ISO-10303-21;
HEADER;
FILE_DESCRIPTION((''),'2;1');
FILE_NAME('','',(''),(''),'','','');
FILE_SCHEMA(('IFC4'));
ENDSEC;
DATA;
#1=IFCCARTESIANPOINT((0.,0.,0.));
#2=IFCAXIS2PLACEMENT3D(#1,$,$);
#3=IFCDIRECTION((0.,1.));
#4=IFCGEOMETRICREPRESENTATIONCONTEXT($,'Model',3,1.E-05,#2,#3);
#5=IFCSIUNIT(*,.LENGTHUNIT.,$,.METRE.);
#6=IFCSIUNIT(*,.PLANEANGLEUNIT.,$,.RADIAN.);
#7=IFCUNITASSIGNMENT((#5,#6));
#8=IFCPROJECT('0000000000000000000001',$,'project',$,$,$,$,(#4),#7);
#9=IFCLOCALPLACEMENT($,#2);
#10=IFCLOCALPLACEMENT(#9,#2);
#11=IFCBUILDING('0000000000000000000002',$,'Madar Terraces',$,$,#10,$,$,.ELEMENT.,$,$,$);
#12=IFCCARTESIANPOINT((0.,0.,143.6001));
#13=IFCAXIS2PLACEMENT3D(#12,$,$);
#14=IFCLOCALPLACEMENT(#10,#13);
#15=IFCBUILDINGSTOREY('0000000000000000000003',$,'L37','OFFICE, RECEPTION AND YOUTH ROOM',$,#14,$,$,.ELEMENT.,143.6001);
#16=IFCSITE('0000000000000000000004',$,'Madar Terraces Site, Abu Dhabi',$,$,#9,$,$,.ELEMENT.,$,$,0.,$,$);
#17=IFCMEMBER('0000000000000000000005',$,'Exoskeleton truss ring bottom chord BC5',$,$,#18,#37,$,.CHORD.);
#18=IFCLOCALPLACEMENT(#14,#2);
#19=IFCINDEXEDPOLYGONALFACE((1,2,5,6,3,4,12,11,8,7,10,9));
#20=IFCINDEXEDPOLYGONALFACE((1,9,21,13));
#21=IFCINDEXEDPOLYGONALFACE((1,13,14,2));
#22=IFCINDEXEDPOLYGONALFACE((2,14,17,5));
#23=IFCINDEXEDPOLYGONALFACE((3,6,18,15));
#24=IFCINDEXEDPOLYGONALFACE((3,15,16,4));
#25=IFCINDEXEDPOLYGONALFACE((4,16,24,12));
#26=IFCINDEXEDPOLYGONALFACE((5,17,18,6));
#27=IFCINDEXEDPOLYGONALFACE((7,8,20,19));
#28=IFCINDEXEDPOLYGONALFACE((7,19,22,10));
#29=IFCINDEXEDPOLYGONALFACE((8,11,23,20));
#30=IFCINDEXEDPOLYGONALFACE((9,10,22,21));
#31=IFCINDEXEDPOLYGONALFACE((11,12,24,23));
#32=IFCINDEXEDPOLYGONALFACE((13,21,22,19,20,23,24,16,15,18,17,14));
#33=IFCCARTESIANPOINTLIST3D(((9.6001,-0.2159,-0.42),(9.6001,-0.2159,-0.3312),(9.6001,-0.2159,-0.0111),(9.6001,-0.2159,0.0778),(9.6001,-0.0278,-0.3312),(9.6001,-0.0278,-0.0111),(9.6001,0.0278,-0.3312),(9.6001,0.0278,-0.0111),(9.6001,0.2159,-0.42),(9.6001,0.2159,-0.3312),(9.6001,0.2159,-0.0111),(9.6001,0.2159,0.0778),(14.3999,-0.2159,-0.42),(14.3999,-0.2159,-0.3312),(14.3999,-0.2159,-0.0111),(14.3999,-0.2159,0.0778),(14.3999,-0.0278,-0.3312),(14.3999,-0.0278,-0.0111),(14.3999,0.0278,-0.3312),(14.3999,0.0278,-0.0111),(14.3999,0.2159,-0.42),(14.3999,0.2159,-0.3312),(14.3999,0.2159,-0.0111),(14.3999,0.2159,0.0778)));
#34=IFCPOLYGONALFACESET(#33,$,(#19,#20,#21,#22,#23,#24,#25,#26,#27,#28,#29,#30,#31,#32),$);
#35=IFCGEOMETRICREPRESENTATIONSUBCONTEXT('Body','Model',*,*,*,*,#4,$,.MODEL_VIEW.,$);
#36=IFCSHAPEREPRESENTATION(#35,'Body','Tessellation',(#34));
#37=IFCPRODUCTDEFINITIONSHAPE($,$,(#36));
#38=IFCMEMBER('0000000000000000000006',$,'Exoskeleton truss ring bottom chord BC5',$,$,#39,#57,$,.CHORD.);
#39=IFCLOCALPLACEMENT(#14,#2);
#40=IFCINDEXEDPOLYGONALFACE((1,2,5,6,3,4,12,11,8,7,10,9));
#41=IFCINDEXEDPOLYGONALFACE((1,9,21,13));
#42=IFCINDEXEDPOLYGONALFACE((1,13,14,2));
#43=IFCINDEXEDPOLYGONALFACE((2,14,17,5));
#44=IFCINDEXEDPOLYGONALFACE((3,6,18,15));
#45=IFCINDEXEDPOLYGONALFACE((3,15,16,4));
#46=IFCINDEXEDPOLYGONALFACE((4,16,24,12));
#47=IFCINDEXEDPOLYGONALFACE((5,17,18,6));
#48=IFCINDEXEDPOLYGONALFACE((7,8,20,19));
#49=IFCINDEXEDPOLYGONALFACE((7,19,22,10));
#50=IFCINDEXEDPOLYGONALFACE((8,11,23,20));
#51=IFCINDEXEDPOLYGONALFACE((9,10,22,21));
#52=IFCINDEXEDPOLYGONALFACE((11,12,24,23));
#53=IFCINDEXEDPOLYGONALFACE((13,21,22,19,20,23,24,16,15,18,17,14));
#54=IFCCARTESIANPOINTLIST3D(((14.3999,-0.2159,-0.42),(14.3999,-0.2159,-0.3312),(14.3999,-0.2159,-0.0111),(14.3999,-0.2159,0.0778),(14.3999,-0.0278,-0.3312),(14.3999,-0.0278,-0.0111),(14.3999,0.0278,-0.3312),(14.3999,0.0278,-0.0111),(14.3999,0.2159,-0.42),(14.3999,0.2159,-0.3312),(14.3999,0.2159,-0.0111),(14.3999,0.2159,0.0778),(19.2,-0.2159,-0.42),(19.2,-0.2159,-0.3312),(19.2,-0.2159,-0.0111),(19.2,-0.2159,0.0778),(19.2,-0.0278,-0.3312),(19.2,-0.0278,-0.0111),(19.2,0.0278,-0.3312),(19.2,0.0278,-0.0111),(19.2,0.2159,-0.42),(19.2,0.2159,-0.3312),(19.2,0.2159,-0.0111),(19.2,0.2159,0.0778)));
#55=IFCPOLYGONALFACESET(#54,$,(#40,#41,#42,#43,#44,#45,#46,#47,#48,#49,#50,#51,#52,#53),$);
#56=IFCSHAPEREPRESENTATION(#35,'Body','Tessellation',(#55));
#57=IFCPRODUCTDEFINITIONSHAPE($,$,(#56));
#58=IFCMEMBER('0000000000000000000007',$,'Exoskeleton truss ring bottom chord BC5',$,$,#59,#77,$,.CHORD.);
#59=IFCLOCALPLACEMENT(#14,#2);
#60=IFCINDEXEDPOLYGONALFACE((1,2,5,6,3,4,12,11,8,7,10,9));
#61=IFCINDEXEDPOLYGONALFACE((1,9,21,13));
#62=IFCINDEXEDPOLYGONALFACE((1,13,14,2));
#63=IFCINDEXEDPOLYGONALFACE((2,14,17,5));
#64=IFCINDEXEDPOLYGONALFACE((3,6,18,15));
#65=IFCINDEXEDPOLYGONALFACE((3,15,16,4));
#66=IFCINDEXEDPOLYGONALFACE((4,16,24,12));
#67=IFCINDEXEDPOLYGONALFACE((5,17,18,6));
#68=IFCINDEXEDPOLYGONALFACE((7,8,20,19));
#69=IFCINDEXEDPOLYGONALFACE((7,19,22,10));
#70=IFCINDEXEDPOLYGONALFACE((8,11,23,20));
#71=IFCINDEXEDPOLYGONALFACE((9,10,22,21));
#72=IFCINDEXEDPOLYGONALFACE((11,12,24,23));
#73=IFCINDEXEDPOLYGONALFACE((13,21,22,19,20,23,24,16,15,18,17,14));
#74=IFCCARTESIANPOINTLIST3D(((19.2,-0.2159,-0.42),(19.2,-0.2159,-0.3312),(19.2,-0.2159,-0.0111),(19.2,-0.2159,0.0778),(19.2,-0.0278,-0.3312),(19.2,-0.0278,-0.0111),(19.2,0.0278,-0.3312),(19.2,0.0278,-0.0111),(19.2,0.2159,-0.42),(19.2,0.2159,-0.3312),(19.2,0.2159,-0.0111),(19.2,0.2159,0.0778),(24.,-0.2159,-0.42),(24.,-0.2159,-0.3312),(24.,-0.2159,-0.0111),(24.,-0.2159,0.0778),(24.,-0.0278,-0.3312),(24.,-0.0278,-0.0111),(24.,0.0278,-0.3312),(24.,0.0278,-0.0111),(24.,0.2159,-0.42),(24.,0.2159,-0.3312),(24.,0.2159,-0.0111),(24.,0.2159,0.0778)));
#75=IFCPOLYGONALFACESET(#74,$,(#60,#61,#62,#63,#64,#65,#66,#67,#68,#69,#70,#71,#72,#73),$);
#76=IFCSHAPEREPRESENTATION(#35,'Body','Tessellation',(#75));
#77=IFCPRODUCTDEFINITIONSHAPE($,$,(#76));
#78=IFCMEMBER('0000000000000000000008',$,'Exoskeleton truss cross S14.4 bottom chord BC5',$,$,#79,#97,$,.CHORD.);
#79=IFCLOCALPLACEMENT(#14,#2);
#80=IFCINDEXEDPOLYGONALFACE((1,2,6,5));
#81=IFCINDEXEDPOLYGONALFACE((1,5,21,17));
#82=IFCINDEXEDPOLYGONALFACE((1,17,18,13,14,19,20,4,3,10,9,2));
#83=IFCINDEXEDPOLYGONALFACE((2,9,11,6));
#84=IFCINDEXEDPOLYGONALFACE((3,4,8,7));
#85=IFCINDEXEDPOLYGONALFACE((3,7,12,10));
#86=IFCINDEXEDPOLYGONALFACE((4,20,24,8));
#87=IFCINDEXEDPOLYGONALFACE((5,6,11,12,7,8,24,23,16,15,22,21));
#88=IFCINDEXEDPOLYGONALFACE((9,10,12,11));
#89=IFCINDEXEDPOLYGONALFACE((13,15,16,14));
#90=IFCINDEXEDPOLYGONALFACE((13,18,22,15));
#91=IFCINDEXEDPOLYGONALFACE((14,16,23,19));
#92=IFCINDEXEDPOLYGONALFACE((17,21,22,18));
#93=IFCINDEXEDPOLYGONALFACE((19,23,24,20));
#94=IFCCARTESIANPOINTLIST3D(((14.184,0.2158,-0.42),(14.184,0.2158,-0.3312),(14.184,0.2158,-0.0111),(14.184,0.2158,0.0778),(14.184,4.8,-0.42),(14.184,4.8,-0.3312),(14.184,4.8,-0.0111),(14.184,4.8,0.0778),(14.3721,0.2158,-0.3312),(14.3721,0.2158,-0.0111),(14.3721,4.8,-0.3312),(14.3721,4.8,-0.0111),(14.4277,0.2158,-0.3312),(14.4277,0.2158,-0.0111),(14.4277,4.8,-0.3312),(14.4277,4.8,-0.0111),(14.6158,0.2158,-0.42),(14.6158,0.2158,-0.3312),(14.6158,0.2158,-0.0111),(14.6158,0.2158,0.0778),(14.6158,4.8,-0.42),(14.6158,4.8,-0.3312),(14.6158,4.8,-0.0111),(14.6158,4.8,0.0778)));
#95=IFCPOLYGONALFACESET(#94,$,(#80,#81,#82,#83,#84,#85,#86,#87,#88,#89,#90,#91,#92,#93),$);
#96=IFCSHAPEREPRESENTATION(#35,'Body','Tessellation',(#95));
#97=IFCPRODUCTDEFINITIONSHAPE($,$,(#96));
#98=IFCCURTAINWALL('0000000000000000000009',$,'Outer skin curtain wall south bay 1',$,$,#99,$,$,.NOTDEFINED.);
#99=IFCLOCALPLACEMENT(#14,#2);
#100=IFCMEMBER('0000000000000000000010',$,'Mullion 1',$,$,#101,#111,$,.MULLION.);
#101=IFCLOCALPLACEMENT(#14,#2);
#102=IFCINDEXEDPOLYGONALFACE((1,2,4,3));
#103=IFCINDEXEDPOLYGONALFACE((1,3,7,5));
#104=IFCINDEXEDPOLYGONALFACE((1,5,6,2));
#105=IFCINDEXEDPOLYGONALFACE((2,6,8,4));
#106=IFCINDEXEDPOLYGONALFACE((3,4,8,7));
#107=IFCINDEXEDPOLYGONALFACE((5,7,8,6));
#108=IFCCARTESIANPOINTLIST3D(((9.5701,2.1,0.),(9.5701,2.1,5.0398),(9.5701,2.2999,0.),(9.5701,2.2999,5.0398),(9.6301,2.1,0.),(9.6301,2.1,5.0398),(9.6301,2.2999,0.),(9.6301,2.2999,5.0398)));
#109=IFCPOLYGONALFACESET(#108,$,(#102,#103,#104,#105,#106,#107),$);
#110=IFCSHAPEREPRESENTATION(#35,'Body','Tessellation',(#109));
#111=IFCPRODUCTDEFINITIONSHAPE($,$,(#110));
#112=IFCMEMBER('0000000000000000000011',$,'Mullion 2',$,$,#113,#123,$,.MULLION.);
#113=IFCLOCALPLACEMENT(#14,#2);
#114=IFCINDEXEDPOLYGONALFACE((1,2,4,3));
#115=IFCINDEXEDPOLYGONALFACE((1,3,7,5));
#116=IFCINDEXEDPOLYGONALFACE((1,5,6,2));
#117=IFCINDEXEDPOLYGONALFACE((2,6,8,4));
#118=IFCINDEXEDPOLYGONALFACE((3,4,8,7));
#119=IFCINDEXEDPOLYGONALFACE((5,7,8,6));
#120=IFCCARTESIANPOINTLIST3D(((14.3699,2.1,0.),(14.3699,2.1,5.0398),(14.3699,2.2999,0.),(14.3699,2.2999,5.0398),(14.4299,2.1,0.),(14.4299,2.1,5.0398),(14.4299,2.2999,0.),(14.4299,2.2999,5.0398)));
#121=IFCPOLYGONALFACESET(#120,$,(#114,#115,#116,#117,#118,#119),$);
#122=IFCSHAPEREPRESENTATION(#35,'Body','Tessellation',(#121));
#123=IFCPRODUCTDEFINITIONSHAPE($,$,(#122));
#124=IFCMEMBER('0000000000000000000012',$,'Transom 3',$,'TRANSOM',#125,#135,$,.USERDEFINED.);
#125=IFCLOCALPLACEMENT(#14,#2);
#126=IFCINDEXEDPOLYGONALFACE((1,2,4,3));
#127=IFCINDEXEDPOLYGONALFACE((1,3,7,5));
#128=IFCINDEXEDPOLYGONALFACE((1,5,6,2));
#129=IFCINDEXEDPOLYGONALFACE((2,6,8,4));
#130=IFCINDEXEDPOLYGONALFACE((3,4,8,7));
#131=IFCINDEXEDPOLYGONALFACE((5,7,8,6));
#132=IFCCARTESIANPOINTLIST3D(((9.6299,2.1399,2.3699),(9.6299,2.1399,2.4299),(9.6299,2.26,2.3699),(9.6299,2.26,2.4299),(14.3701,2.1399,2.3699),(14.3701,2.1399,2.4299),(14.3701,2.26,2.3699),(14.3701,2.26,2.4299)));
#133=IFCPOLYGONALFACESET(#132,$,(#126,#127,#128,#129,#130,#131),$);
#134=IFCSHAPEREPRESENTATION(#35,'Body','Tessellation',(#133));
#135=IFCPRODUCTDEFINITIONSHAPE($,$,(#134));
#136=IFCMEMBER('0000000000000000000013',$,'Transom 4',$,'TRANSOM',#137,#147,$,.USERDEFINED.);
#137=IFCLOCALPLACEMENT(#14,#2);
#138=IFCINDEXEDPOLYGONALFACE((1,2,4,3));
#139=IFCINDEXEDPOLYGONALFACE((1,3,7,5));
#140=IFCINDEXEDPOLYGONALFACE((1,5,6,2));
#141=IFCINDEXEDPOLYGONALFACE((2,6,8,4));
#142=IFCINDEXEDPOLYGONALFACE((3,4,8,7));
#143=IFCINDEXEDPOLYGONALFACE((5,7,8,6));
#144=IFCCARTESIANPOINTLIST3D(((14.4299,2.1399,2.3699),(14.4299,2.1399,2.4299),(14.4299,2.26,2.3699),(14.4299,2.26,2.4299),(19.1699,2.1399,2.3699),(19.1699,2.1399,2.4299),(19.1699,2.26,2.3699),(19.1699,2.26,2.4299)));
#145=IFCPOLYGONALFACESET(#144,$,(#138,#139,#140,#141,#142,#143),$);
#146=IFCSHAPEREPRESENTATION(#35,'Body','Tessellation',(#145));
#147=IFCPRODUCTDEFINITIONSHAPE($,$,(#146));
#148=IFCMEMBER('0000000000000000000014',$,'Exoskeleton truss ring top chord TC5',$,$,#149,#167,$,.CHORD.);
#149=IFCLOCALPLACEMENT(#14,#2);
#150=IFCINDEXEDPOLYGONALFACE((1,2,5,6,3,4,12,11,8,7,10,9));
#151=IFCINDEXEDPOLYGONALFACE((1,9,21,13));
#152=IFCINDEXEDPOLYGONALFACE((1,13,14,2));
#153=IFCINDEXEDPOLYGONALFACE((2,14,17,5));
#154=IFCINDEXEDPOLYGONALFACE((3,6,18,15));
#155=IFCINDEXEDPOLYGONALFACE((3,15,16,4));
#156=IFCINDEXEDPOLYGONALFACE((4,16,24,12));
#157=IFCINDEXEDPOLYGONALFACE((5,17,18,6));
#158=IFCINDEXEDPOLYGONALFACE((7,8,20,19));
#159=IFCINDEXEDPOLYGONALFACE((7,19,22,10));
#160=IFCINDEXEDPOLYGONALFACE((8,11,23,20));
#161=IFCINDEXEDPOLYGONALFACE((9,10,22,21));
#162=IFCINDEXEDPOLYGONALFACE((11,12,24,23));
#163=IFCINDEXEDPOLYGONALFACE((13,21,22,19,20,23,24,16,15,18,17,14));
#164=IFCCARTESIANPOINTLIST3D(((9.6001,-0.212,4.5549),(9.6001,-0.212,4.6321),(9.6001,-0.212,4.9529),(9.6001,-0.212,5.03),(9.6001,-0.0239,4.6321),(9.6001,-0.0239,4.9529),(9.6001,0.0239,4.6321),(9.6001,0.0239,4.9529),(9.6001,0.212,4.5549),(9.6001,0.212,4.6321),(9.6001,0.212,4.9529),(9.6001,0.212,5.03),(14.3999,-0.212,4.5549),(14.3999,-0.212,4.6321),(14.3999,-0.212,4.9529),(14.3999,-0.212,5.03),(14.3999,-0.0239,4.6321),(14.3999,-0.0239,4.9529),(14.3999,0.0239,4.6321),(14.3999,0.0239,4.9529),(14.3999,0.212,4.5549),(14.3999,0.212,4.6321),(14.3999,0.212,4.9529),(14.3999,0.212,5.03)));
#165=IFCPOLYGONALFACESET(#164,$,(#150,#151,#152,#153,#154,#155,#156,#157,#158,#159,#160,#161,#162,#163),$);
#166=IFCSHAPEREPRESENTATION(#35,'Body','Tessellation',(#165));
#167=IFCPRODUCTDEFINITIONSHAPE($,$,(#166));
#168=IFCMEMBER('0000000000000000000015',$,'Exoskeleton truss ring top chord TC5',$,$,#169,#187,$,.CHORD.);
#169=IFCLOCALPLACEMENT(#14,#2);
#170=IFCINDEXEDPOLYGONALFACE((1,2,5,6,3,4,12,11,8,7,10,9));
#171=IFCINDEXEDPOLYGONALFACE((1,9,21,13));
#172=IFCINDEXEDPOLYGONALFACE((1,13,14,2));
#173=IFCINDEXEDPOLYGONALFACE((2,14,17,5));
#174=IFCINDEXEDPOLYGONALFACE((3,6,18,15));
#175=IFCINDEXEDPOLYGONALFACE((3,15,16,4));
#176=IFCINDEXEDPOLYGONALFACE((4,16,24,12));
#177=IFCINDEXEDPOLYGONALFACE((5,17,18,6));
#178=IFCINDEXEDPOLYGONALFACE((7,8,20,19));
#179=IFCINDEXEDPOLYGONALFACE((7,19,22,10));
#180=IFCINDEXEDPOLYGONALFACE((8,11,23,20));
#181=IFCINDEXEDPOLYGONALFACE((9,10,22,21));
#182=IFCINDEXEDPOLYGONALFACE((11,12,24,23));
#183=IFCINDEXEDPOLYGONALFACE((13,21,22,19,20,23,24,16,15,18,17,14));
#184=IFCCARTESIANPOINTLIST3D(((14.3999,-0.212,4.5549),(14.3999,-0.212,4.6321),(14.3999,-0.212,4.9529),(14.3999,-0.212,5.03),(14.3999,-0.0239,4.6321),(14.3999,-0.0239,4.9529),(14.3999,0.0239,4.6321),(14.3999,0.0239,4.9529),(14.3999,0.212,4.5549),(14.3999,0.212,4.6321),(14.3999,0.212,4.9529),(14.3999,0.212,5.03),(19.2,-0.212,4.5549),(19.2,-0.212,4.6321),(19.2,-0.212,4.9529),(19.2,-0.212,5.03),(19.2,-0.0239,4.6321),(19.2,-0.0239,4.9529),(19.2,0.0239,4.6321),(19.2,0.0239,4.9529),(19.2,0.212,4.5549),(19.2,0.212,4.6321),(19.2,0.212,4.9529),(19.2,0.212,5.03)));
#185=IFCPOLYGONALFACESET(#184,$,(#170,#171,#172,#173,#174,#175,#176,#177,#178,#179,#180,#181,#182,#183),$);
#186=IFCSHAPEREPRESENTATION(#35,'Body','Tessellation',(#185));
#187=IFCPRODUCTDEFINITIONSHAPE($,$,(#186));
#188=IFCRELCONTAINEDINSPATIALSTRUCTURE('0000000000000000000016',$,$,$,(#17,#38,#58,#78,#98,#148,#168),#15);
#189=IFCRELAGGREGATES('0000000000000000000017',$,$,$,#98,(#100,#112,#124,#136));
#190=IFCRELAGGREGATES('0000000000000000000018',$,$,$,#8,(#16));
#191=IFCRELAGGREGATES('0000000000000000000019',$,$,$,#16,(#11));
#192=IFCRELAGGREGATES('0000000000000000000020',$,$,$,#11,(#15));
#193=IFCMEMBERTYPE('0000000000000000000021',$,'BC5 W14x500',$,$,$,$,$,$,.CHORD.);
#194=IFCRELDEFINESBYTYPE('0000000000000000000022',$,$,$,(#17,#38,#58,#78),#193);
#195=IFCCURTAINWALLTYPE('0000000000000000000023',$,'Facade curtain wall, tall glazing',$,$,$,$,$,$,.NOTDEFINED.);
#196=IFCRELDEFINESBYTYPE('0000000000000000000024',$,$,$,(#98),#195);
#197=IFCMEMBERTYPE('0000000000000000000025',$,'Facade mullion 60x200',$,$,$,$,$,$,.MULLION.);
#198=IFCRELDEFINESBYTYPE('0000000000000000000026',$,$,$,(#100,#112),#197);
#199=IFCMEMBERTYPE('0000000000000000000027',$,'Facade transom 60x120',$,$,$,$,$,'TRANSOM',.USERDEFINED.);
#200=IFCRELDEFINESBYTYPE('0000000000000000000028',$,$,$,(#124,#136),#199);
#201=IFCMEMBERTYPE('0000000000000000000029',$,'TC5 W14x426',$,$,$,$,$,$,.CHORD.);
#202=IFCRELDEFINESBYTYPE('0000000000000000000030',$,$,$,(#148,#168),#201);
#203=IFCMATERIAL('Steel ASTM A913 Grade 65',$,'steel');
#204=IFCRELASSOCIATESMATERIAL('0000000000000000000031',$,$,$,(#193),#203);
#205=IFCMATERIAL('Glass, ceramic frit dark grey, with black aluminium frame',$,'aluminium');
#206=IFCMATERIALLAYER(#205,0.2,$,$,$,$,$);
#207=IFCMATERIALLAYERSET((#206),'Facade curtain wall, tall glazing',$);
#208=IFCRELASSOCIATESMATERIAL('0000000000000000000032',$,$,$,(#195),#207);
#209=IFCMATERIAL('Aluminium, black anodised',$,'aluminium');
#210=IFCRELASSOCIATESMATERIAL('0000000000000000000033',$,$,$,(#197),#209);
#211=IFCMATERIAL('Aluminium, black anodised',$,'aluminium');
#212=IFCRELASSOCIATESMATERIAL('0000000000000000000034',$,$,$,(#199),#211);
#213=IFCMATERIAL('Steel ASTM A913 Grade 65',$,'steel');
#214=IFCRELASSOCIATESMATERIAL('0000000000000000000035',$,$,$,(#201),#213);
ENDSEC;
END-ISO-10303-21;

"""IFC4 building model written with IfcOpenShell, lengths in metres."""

from ifc_helpers import new_model, si_unit, direction, frame, origin, origin_2d, place, context, subcontext, project, spatial, rectangle, i_section, extrude, material, layer, layer_set, material_profile, profile_set, type_object, element, aggregate, save


model = new_model("IFC4")

# Units and contexts
model_context = context("Model", 3, precision=1e-05, world=origin(), true_north=direction((0.0, 1.0)))
body_context = subcontext(model_context, "Body", "Model", "MODEL_VIEW")
ifc_project = project(units=[si_unit("LENGTHUNIT", "METRE"), si_unit("PLANEANGLEUNIT", "RADIAN")], contexts=[model_context])

# Site, building, storey
site_placement = place(None, origin())
site = spatial("IfcSite", under=ifc_project, at=site_placement, Name="Madar Terraces Site, Abu Dhabi", CompositionType="ELEMENT", RefElevation=0.0)
building_placement = place(site_placement, origin())
building = spatial("IfcBuilding", under=site, at=building_placement, Name="Madar Terraces", CompositionType="ELEMENT")
storey_placement = place(building_placement, frame((0.0, 0.0, 143.6001)))
storey = spatial("IfcBuildingStorey", under=building, at=storey_placement, Name="L37", Description="OFFICE, RECEPTION AND YOUTH ROOM", CompositionType="ELEMENT", Elevation=143.6001)

# Members
ifc_material_1 = material(Name="Steel ASTM A913 Grade 65", Category="steel")
ifc_material_profile_1 = material_profile(ifc_material_1, i_section(OverallWidth=0.4319, OverallDepth=0.4978, WebThickness=0.0557, FlangeThickness=0.0889, at=origin_2d()), Name="W14x500")
ifc_profile_set_1 = profile_set([ifc_material_profile_1], Name="Steel ASTM A913 Grade 65")
member_type_1 = type_object("IfcMemberType", Name="BC5 W14x500", PredefinedType="CHORD", material=ifc_profile_set_1)
member_1_placement = place(storey_placement, frame((9.6001, 0.0, -0.1711), z_axis=(1.0, 0.0, 0.0), x_axis=(0.0, 1.0, 0.0)))
element("IfcMember", 1, at=member_1_placement, inside=storey, type_object=member_type_1, Name="Exoskeleton truss ring bottom chord BC5", PredefinedType="CHORD", context=body_context, shape_type="SweptSolid", body=[
    extrude(i_section(OverallWidth=0.4319, OverallDepth=0.4978, WebThickness=0.0557, FlangeThickness=0.0889, at=origin_2d()), origin(), (0.0, 0.0, 1.0), 4.7998),
])
for number, where, z_axis, x_axis, name in (
    (2, (14.3999, 0.0, -0.1711), (1.0, 0.0, 0.0), (0.0, 1.0, 0.0), "Exoskeleton truss ring bottom chord BC5"),
    (3, (19.2, 0.0, -0.1711), (1.0, 0.0, 0.0), (0.0, 1.0, 0.0), "Exoskeleton truss ring bottom chord BC5"),
):
    element("IfcMember", number, at=place(storey_placement, frame(where, z_axis=z_axis, x_axis=x_axis)), inside=storey, type_object=member_type_1, Name=name, PredefinedType="CHORD", context=body_context, shape_type="SweptSolid", body=[
        extrude(i_section(OverallWidth=0.4319, OverallDepth=0.4978, WebThickness=0.0557, FlangeThickness=0.0889, at=origin_2d()), origin(), (0.0, 0.0, 1.0), 4.8),
    ])
member_2_placement = place(storey_placement, frame((14.3999, 0.2158, -0.1711), z_axis=(0.0, 1.0, 0.0), x_axis=(-1.0, 0.0, 0.0)))
element("IfcMember", 4, at=member_2_placement, inside=storey, type_object=member_type_1, Name="Exoskeleton truss cross S14.4 bottom chord BC5", PredefinedType="CHORD", context=body_context, shape_type="SweptSolid", body=[
    extrude(i_section(OverallWidth=0.4319, OverallDepth=0.4978, WebThickness=0.0557, FlangeThickness=0.0889, at=origin_2d()), origin(), (0.0, 0.0, 1.0), 4.5842),
])

# Curtain wall, members
ifc_material_2 = material(Name="Glass, ceramic frit dark grey, with black aluminium frame", Category="aluminium")
ifc_layer_1 = layer(ifc_material_2, 0.2)
ifc_layer_set_1 = layer_set([ifc_layer_1], Name="Facade curtain wall, tall glazing")
curtain_wall_type = type_object("IfcCurtainWallType", Name="Facade curtain wall, tall glazing", PredefinedType="NOTDEFINED", material=ifc_layer_set_1)
curtain_wall_placement = place(storey_placement, origin())
curtain_wall = element("IfcCurtainWall", 5, at=curtain_wall_placement, inside=storey, type_object=curtain_wall_type, Name="Outer skin curtain wall south bay 1", PredefinedType="NOTDEFINED")
ifc_material_3 = material(Name="Aluminium, black anodised", Category="aluminium")
ifc_material_profile_2 = material_profile(ifc_material_3, rectangle(XDim=0.2, YDim=0.0601, at=origin_2d()), Name="Facade mullion 60x200")
ifc_profile_set_2 = profile_set([ifc_material_profile_2], Name="Aluminium, black anodised")
member_type_2 = type_object("IfcMemberType", Name="Facade mullion 60x200", PredefinedType="MULLION", material=ifc_profile_set_2)
member_3_placement = place(storey_placement, frame((9.6001, 2.2, 0.0), z_axis=(0.0, 0.0, 1.0), x_axis=(0.0, 1.0, 0.0)))
member_3 = element("IfcMember", 6, at=member_3_placement, type_object=member_type_2, Name="Mullion 1", PredefinedType="MULLION", context=body_context, shape_type="SweptSolid", body=[
    extrude(rectangle(XDim=0.2, YDim=0.0601, at=origin_2d()), origin(), (0.0, 0.0, 1.0), 5.0398),
])
member_4_placement = place(storey_placement, frame((14.3999, 2.2, 0.0), z_axis=(0.0, 0.0, 1.0), x_axis=(0.0, 1.0, 0.0)))
member_4 = element("IfcMember", 7, at=member_4_placement, type_object=member_type_2, Name="Mullion 2", PredefinedType="MULLION", context=body_context, shape_type="SweptSolid", body=[
    extrude(rectangle(XDim=0.2, YDim=0.0601, at=origin_2d()), origin(), (0.0, 0.0, 1.0), 5.0398),
])
ifc_material_4 = material(Name="Aluminium, black anodised", Category="aluminium")
ifc_material_profile_3 = material_profile(ifc_material_4, rectangle(XDim=0.1201, YDim=0.0601, at=origin_2d()), Name="Facade transom 60x120")
ifc_profile_set_3 = profile_set([ifc_material_profile_3], Name="Aluminium, black anodised")
member_type_3 = type_object("IfcMemberType", Name="Facade transom 60x120", ElementType="TRANSOM", PredefinedType="USERDEFINED", material=ifc_profile_set_3)
member_5_placement = place(storey_placement, frame((9.6299, 2.2, 2.3999), z_axis=(1.0, 0.0, 0.0), x_axis=(0.0, 1.0, 0.0)))
member_5 = element("IfcMember", 8, at=member_5_placement, type_object=member_type_3, Name="Transom 3", ObjectType="TRANSOM", PredefinedType="USERDEFINED", context=body_context, shape_type="SweptSolid", body=[
    extrude(rectangle(XDim=0.1201, YDim=0.0601, at=origin_2d()), origin(), (0.0, 0.0, 1.0), 4.7402),
])
member_6_placement = place(storey_placement, frame((14.4299, 2.2, 2.3999), z_axis=(1.0, 0.0, 0.0), x_axis=(0.0, 1.0, 0.0)))
member_6 = element("IfcMember", 9, at=member_6_placement, type_object=member_type_3, Name="Transom 4", ObjectType="TRANSOM", PredefinedType="USERDEFINED", context=body_context, shape_type="SweptSolid", body=[
    extrude(rectangle(XDim=0.1201, YDim=0.0601, at=origin_2d()), origin(), (0.0, 0.0, 1.0), 4.74),
])

# Members
ifc_material_5 = material(Name="Steel ASTM A913 Grade 65", Category="steel")
ifc_material_profile_4 = material_profile(ifc_material_5, i_section(OverallWidth=0.4241, OverallDepth=0.4751, WebThickness=0.0479, FlangeThickness=0.0771, at=origin_2d()), Name="W14x426")
ifc_profile_set_4 = profile_set([ifc_material_profile_4], Name="Steel ASTM A913 Grade 65")
member_type_4 = type_object("IfcMemberType", Name="TC5 W14x426", PredefinedType="CHORD", material=ifc_profile_set_4)
member_7_placement = place(storey_placement, frame((9.6001, 0.0, 4.7925), z_axis=(1.0, 0.0, 0.0), x_axis=(0.0, 1.0, 0.0)))
element("IfcMember", 10, at=member_7_placement, inside=storey, type_object=member_type_4, Name="Exoskeleton truss ring top chord TC5", PredefinedType="CHORD", context=body_context, shape_type="SweptSolid", body=[
    extrude(i_section(OverallWidth=0.4241, OverallDepth=0.4751, WebThickness=0.0479, FlangeThickness=0.0771, at=origin_2d()), origin(), (0.0, 0.0, 1.0), 4.7998),
])
for number, where, z_axis, x_axis, name in (
    (11, (14.3999, 0.0, 4.7925), (1.0, 0.0, 0.0), (0.0, 1.0, 0.0), "Exoskeleton truss ring top chord TC5"),
):
    element("IfcMember", number, at=place(storey_placement, frame(where, z_axis=z_axis, x_axis=x_axis)), inside=storey, type_object=member_type_4, Name=name, PredefinedType="CHORD", context=body_context, shape_type="SweptSolid", body=[
        extrude(i_section(OverallWidth=0.4241, OverallDepth=0.4751, WebThickness=0.0479, FlangeThickness=0.0771, at=origin_2d()), origin(), (0.0, 0.0, 1.0), 4.8),
    ])

aggregate(curtain_wall, [member_3, member_4, member_5, member_6])

save(model, "model.ifc")
